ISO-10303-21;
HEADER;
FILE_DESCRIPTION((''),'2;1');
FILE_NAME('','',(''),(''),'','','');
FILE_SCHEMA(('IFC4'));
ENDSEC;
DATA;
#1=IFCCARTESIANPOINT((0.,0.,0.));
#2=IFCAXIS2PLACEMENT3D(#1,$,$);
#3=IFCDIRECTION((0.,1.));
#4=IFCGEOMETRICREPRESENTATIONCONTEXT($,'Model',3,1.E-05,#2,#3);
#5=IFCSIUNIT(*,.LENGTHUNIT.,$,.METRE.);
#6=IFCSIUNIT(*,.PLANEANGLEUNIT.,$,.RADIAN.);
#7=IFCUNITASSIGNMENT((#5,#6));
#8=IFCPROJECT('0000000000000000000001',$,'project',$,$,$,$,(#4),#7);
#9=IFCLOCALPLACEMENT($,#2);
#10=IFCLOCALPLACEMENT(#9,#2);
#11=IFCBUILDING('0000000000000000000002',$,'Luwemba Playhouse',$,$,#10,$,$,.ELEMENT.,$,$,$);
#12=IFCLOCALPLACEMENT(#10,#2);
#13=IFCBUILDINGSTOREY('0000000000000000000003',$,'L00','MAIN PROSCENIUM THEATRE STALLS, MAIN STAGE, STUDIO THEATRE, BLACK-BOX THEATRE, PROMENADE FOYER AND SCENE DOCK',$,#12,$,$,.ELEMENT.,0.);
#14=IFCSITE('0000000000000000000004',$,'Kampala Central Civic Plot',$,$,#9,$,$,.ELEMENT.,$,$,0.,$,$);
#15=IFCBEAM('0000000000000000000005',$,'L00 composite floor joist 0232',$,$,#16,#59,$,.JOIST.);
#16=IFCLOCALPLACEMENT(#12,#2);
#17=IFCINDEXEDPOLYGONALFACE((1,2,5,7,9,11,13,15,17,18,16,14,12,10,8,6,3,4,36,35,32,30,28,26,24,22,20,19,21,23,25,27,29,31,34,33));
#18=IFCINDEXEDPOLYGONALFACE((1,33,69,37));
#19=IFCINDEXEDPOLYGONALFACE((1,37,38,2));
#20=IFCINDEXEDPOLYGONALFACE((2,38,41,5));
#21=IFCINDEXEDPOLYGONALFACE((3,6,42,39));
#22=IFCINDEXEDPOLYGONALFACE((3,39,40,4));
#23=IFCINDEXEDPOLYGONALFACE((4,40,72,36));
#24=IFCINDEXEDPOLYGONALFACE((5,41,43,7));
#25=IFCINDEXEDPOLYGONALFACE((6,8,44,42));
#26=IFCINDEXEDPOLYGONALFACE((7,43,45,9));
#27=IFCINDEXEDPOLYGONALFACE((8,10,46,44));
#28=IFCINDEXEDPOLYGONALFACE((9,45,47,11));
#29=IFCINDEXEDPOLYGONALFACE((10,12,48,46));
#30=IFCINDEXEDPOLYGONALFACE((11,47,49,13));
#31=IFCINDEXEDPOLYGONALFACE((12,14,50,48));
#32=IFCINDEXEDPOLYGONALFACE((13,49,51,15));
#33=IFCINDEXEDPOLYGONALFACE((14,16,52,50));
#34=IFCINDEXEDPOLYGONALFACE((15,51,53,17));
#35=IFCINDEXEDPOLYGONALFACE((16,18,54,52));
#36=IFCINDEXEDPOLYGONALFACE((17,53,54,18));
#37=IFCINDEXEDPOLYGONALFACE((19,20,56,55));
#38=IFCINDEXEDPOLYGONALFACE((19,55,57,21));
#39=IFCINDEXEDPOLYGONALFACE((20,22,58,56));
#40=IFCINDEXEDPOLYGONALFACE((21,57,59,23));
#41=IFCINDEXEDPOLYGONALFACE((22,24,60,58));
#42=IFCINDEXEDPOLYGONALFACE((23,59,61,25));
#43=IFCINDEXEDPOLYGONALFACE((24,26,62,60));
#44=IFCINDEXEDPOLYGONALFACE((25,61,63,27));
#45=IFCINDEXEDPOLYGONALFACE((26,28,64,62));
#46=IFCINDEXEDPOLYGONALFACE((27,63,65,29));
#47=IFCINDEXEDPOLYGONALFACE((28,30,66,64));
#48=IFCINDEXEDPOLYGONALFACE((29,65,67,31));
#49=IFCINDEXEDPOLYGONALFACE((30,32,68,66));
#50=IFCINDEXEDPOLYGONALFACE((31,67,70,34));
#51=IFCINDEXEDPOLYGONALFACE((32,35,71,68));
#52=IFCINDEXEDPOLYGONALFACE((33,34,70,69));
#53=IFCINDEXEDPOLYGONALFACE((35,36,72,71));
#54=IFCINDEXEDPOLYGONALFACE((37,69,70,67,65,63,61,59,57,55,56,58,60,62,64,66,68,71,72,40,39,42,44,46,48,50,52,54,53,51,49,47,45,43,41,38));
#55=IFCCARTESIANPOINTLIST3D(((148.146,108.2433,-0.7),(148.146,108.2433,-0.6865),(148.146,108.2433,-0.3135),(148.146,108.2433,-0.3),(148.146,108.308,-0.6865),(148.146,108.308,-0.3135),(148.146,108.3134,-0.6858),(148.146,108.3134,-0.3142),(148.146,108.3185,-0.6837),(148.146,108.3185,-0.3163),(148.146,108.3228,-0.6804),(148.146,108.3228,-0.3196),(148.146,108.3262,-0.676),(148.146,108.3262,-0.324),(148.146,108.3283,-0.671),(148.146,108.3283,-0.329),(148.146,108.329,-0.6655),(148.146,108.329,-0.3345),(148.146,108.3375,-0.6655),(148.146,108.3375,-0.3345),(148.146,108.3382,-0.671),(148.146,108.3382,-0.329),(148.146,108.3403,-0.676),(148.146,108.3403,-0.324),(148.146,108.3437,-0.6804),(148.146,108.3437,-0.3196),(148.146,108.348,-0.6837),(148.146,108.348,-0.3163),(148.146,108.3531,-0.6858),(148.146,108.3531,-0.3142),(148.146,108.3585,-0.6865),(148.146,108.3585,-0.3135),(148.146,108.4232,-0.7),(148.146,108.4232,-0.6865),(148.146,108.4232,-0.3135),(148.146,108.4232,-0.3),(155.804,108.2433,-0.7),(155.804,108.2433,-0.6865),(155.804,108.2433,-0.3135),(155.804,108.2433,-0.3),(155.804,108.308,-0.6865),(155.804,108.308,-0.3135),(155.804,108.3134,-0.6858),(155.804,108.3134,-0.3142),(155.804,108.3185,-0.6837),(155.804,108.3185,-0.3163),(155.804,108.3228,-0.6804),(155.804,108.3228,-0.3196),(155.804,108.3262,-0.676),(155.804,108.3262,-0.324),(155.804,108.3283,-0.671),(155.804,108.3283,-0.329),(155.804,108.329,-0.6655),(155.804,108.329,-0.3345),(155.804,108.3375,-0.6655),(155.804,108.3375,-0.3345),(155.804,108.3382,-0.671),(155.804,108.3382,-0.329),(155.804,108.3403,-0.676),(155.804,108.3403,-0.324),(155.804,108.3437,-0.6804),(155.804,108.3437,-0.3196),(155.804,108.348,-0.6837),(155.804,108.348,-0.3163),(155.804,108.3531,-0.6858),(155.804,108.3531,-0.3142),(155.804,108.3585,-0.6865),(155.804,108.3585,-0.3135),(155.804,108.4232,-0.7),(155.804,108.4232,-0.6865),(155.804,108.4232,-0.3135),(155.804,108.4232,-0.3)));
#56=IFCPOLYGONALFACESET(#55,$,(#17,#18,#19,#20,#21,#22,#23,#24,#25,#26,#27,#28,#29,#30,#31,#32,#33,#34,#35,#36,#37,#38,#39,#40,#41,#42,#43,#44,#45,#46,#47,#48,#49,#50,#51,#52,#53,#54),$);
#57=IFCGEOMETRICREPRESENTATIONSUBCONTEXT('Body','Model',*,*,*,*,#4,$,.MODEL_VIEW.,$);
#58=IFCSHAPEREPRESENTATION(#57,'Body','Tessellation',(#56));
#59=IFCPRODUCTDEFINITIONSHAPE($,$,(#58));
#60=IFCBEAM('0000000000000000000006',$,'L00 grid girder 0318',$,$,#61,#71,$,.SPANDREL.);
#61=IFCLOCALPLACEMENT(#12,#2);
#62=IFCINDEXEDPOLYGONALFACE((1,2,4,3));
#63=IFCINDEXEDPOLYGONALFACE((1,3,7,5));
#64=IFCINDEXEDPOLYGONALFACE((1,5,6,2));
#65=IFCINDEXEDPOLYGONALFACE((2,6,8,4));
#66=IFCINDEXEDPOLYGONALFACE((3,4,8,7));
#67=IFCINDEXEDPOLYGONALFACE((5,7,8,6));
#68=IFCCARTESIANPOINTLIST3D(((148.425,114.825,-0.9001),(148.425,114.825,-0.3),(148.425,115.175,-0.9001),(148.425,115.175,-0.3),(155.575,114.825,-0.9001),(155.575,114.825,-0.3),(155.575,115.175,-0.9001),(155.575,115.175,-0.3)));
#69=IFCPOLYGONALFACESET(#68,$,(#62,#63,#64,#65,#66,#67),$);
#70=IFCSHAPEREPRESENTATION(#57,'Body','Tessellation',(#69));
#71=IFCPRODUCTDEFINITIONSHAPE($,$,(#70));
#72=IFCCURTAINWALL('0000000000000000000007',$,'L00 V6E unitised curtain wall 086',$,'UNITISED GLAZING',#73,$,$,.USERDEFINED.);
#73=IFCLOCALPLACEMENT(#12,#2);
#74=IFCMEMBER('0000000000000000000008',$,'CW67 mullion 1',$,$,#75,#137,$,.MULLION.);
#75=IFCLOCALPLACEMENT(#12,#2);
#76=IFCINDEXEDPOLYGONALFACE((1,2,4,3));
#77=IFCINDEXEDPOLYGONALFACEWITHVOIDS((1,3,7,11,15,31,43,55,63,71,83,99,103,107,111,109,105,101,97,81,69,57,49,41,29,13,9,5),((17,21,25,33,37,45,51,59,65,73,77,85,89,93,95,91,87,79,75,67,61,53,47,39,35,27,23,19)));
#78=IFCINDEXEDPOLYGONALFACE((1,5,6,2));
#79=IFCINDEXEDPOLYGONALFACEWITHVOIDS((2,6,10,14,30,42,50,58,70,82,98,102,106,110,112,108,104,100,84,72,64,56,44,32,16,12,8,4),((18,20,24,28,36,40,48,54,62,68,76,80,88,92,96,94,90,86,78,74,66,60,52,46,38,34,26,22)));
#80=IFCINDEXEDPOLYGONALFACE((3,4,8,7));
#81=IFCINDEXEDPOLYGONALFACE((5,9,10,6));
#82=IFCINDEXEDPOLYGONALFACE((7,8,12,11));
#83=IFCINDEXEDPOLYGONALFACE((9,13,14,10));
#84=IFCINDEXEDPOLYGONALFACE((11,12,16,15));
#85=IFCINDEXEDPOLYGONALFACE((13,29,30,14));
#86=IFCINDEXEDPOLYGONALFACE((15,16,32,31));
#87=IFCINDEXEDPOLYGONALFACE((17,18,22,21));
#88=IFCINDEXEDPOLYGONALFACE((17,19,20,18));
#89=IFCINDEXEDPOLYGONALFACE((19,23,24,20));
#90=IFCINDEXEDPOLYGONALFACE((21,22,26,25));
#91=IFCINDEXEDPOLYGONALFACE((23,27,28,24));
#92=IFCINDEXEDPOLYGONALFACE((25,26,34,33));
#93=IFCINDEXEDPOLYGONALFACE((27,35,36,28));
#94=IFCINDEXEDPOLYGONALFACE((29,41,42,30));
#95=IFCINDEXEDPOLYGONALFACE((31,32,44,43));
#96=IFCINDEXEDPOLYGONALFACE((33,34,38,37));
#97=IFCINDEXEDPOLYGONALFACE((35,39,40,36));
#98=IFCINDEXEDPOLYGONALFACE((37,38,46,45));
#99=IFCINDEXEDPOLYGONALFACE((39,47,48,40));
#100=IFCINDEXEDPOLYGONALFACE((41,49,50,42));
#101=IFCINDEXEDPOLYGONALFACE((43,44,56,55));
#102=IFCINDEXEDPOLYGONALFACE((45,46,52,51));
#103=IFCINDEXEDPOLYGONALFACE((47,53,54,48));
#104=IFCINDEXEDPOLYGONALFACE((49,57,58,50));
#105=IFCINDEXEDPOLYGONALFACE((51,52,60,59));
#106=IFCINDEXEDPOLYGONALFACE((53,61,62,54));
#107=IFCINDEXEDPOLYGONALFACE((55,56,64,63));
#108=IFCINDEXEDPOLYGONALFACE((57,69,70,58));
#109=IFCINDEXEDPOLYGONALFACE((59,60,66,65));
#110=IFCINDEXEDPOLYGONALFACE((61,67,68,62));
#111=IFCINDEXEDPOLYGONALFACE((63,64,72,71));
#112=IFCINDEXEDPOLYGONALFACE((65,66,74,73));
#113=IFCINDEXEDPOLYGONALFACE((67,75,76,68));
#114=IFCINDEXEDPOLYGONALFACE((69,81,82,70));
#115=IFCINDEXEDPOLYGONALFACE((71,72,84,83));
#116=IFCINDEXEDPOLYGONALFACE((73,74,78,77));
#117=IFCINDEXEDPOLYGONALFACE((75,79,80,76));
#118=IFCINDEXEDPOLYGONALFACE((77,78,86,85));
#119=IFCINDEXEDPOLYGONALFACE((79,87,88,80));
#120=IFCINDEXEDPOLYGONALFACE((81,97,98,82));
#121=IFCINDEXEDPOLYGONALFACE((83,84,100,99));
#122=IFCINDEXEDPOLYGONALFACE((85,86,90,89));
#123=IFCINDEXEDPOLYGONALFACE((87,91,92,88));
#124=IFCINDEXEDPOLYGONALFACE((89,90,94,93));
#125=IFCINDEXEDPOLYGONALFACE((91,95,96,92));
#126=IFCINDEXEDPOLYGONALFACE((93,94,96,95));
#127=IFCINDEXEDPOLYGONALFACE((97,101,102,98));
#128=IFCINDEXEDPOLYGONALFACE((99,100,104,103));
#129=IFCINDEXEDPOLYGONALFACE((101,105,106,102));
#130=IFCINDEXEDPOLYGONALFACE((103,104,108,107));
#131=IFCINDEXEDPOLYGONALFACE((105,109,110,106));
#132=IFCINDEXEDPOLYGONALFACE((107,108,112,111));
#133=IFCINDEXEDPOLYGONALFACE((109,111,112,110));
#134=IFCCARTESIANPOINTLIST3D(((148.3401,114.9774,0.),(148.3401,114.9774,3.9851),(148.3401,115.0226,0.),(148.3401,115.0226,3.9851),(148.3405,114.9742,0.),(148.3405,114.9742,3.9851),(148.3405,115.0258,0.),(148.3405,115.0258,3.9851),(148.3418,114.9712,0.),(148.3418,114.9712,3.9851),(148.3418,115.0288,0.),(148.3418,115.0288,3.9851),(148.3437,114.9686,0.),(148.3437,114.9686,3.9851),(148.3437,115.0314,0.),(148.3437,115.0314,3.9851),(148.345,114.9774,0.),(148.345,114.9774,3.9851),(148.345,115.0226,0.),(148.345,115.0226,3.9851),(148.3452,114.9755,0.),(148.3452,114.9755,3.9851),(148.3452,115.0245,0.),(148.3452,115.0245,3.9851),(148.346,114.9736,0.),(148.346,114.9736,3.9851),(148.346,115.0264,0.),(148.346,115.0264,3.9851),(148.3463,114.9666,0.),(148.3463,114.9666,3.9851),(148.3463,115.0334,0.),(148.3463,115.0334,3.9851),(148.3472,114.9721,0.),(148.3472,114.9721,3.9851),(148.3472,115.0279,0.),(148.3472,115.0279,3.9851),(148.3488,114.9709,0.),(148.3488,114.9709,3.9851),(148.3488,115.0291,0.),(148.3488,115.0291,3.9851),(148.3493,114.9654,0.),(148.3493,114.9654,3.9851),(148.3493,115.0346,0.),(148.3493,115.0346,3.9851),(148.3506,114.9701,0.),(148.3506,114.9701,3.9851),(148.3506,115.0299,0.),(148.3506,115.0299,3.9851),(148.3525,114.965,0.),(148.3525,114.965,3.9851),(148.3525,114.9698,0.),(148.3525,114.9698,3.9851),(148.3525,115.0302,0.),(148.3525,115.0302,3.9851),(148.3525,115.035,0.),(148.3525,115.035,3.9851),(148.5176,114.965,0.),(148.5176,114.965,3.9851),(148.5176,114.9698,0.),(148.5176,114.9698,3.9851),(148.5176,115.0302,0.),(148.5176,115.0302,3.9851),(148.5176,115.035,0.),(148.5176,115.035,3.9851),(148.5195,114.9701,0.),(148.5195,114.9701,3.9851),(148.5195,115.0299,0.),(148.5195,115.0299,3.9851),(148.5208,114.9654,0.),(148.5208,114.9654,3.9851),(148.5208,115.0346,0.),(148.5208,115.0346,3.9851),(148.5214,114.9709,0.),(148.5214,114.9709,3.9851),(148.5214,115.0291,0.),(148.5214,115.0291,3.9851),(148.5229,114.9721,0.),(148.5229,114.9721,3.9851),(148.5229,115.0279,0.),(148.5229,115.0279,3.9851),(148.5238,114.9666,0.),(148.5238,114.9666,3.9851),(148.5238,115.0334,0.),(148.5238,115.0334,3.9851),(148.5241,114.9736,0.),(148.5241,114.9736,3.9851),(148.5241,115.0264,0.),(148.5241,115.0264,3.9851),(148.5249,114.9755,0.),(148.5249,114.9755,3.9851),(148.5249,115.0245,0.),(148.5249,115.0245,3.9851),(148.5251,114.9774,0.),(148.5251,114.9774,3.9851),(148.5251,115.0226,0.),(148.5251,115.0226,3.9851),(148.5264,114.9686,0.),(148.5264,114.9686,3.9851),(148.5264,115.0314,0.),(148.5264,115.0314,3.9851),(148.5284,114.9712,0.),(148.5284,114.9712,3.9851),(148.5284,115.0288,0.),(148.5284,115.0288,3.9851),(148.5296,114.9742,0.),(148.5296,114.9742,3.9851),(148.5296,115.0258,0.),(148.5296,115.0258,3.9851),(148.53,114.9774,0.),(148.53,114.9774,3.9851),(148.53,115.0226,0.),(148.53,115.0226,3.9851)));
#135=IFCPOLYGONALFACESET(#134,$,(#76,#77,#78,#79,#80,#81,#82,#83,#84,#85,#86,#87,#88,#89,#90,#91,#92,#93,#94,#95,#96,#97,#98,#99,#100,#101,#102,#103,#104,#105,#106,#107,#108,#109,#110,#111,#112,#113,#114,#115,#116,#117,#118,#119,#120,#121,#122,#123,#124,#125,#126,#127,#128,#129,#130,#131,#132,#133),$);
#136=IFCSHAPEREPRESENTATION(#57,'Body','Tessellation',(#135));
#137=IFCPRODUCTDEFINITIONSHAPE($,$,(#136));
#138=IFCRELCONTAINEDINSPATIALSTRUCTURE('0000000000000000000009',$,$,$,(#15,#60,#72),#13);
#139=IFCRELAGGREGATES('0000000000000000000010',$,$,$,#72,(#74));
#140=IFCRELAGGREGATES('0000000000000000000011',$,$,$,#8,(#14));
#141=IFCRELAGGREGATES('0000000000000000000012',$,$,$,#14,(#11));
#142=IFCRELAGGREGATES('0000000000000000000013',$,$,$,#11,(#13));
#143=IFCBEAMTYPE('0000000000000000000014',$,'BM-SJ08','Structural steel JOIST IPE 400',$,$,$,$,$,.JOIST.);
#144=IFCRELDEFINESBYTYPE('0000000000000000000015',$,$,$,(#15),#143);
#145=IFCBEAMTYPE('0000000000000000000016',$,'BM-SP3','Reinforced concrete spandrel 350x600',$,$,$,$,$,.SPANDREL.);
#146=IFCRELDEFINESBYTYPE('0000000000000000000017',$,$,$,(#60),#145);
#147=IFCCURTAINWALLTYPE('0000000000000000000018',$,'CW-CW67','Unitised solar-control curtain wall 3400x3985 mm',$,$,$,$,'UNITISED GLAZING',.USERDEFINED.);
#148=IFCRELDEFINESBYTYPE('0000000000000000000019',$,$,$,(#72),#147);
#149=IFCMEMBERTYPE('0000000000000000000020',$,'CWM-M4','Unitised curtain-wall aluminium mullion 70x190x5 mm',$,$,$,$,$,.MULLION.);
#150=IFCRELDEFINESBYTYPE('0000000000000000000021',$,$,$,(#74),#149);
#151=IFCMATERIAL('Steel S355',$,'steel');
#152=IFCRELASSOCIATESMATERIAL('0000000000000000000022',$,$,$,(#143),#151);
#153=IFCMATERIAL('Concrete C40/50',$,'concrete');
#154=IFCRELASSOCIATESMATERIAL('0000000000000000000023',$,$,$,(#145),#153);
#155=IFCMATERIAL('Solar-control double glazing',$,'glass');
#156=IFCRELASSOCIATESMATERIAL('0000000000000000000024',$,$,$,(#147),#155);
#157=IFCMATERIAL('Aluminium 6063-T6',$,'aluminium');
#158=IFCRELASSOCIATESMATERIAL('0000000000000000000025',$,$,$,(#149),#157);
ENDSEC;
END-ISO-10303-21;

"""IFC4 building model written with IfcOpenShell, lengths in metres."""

from ifc_helpers import new_model, si_unit, direction, frame, origin, origin_2d, place, context, subcontext, project, spatial, rectangle, hollow_rectangle, i_section, extrude, material, material_profile, profile_set, type_object, element, aggregate, save


model = new_model("IFC4")

# Units and contexts
model_context = context("Model", 3, precision=1e-05, world=origin(), true_north=direction((0.0, 1.0)))
body_context = subcontext(model_context, "Body", "Model", "MODEL_VIEW")
ifc_project = project(units=[si_unit("LENGTHUNIT", "METRE"), si_unit("PLANEANGLEUNIT", "RADIAN")], contexts=[model_context])

# Site, building, storey
site_placement = place(None, origin())
site = spatial("IfcSite", under=ifc_project, at=site_placement, Name="Kampala Central Civic Plot", CompositionType="ELEMENT", RefElevation=0.0)
building_placement = place(site_placement, origin())
building = spatial("IfcBuilding", under=site, at=building_placement, Name="Luwemba Playhouse", CompositionType="ELEMENT")
storey_placement = place(building_placement, origin())
storey = spatial("IfcBuildingStorey", under=building, at=storey_placement, Name="L00", Description="MAIN PROSCENIUM THEATRE STALLS, MAIN STAGE, STUDIO THEATRE, BLACK-BOX THEATRE, PROMENADE FOYER AND SCENE DOCK", CompositionType="ELEMENT", Elevation=0.0)

# Shared definitions
ifc_material_1 = material(Name="Concrete C40/50", Category="concrete")

# Beams
ifc_material_2 = material(Name="Steel S355", Category="steel")
ifc_material_profile_1 = material_profile(ifc_material_2, i_section(OverallWidth=0.1799, OverallDepth=0.3999, WebThickness=0.0085, FlangeThickness=0.0134, FilletRadius=0.021, at=origin_2d()))
ifc_profile_set_1 = profile_set([ifc_material_profile_1], Name="Steel S355")
beam_type_1 = type_object("IfcBeamType", Name="BM-SJ08", Description="Structural steel JOIST IPE 400", PredefinedType="JOIST", material=ifc_profile_set_1)
beam_1_placement = place(storey_placement, frame((148.146, 108.3333, -0.5), z_axis=(1.0, 0.0, 0.0), x_axis=(0.0, 1.0, 0.0)))
element("IfcBeam", 1, at=beam_1_placement, inside=storey, type_object=beam_type_1, Name="L00 composite floor joist 0232", PredefinedType="JOIST", context=body_context, shape_type="SweptSolid", body=[
    extrude(i_section(OverallWidth=0.1799, OverallDepth=0.3999, WebThickness=0.0085, FlangeThickness=0.0134, FilletRadius=0.021, at=origin_2d()), origin(), (0.0, 0.0, 1.0), 7.658),
])
ifc_material_profile_2 = material_profile(ifc_material_1, rectangle(XDim=0.3501, YDim=0.6001, at=origin_2d()))
ifc_profile_set_2 = profile_set([ifc_material_profile_2], Name="Concrete C40/50")
beam_type_2 = type_object("IfcBeamType", Name="BM-SP3", Description="Reinforced concrete spandrel 350x600", PredefinedType="SPANDREL", material=ifc_profile_set_2)
beam_2_placement = place(storey_placement, frame((148.425, 115.0, -0.6001), z_axis=(1.0, 0.0, 0.0), x_axis=(0.0, 1.0, 0.0)))
element("IfcBeam", 2, at=beam_2_placement, inside=storey, type_object=beam_type_2, Name="L00 grid girder 0318", PredefinedType="SPANDREL", context=body_context, shape_type="SweptSolid", body=[
    extrude(rectangle(XDim=0.3501, YDim=0.6001, at=origin_2d()), origin(), (0.0, 0.0, 1.0), 7.1499),
])

# Curtain wall, member
ifc_material_3 = material(Name="Solar-control double glazing", Category="glass")
curtain_wall_type = type_object("IfcCurtainWallType", Name="CW-CW67", Description="Unitised solar-control curtain wall 3400x3985 mm", ElementType="UNITISED GLAZING", PredefinedType="USERDEFINED", material=ifc_material_3)
curtain_wall_placement = place(storey_placement, origin())
curtain_wall = element("IfcCurtainWall", 3, at=curtain_wall_placement, inside=storey, type_object=curtain_wall_type, Name="L00 V6E unitised curtain wall 086", ObjectType="UNITISED GLAZING", PredefinedType="USERDEFINED")
ifc_material_4 = material(Name="Aluminium 6063-T6", Category="aluminium")
ifc_material_profile_3 = material_profile(ifc_material_4, hollow_rectangle(XDim=0.0701, YDim=0.1899, WallThickness=0.0049, InnerFilletRadius=0.0076, OuterFilletRadius=0.0125, at=origin_2d()))
ifc_profile_set_3 = profile_set([ifc_material_profile_3], Name="Aluminium 6063-T6")
member_type_1 = type_object("IfcMemberType", Name="CWM-M4", Description="Unitised curtain-wall aluminium mullion 70x190x5 mm", PredefinedType="MULLION", material=ifc_profile_set_3)
member_1_placement = place(storey_placement, frame((148.4351, 115.0, 0.0), z_axis=(0.0, 0.0, 1.0), x_axis=(0.0, 1.0, 0.0)))
member_1 = element("IfcMember", 4, at=member_1_placement, type_object=member_type_1, Name="CW67 mullion 1", PredefinedType="MULLION", context=body_context, shape_type="SweptSolid", body=[
    extrude(hollow_rectangle(XDim=0.0701, YDim=0.1899, WallThickness=0.0049, InnerFilletRadius=0.0076, OuterFilletRadius=0.0125, at=origin_2d()), origin(), (0.0, 0.0, 1.0), 3.9851),
])
aggregate(curtain_wall, [member_1])

save(model, "model.ifc")
